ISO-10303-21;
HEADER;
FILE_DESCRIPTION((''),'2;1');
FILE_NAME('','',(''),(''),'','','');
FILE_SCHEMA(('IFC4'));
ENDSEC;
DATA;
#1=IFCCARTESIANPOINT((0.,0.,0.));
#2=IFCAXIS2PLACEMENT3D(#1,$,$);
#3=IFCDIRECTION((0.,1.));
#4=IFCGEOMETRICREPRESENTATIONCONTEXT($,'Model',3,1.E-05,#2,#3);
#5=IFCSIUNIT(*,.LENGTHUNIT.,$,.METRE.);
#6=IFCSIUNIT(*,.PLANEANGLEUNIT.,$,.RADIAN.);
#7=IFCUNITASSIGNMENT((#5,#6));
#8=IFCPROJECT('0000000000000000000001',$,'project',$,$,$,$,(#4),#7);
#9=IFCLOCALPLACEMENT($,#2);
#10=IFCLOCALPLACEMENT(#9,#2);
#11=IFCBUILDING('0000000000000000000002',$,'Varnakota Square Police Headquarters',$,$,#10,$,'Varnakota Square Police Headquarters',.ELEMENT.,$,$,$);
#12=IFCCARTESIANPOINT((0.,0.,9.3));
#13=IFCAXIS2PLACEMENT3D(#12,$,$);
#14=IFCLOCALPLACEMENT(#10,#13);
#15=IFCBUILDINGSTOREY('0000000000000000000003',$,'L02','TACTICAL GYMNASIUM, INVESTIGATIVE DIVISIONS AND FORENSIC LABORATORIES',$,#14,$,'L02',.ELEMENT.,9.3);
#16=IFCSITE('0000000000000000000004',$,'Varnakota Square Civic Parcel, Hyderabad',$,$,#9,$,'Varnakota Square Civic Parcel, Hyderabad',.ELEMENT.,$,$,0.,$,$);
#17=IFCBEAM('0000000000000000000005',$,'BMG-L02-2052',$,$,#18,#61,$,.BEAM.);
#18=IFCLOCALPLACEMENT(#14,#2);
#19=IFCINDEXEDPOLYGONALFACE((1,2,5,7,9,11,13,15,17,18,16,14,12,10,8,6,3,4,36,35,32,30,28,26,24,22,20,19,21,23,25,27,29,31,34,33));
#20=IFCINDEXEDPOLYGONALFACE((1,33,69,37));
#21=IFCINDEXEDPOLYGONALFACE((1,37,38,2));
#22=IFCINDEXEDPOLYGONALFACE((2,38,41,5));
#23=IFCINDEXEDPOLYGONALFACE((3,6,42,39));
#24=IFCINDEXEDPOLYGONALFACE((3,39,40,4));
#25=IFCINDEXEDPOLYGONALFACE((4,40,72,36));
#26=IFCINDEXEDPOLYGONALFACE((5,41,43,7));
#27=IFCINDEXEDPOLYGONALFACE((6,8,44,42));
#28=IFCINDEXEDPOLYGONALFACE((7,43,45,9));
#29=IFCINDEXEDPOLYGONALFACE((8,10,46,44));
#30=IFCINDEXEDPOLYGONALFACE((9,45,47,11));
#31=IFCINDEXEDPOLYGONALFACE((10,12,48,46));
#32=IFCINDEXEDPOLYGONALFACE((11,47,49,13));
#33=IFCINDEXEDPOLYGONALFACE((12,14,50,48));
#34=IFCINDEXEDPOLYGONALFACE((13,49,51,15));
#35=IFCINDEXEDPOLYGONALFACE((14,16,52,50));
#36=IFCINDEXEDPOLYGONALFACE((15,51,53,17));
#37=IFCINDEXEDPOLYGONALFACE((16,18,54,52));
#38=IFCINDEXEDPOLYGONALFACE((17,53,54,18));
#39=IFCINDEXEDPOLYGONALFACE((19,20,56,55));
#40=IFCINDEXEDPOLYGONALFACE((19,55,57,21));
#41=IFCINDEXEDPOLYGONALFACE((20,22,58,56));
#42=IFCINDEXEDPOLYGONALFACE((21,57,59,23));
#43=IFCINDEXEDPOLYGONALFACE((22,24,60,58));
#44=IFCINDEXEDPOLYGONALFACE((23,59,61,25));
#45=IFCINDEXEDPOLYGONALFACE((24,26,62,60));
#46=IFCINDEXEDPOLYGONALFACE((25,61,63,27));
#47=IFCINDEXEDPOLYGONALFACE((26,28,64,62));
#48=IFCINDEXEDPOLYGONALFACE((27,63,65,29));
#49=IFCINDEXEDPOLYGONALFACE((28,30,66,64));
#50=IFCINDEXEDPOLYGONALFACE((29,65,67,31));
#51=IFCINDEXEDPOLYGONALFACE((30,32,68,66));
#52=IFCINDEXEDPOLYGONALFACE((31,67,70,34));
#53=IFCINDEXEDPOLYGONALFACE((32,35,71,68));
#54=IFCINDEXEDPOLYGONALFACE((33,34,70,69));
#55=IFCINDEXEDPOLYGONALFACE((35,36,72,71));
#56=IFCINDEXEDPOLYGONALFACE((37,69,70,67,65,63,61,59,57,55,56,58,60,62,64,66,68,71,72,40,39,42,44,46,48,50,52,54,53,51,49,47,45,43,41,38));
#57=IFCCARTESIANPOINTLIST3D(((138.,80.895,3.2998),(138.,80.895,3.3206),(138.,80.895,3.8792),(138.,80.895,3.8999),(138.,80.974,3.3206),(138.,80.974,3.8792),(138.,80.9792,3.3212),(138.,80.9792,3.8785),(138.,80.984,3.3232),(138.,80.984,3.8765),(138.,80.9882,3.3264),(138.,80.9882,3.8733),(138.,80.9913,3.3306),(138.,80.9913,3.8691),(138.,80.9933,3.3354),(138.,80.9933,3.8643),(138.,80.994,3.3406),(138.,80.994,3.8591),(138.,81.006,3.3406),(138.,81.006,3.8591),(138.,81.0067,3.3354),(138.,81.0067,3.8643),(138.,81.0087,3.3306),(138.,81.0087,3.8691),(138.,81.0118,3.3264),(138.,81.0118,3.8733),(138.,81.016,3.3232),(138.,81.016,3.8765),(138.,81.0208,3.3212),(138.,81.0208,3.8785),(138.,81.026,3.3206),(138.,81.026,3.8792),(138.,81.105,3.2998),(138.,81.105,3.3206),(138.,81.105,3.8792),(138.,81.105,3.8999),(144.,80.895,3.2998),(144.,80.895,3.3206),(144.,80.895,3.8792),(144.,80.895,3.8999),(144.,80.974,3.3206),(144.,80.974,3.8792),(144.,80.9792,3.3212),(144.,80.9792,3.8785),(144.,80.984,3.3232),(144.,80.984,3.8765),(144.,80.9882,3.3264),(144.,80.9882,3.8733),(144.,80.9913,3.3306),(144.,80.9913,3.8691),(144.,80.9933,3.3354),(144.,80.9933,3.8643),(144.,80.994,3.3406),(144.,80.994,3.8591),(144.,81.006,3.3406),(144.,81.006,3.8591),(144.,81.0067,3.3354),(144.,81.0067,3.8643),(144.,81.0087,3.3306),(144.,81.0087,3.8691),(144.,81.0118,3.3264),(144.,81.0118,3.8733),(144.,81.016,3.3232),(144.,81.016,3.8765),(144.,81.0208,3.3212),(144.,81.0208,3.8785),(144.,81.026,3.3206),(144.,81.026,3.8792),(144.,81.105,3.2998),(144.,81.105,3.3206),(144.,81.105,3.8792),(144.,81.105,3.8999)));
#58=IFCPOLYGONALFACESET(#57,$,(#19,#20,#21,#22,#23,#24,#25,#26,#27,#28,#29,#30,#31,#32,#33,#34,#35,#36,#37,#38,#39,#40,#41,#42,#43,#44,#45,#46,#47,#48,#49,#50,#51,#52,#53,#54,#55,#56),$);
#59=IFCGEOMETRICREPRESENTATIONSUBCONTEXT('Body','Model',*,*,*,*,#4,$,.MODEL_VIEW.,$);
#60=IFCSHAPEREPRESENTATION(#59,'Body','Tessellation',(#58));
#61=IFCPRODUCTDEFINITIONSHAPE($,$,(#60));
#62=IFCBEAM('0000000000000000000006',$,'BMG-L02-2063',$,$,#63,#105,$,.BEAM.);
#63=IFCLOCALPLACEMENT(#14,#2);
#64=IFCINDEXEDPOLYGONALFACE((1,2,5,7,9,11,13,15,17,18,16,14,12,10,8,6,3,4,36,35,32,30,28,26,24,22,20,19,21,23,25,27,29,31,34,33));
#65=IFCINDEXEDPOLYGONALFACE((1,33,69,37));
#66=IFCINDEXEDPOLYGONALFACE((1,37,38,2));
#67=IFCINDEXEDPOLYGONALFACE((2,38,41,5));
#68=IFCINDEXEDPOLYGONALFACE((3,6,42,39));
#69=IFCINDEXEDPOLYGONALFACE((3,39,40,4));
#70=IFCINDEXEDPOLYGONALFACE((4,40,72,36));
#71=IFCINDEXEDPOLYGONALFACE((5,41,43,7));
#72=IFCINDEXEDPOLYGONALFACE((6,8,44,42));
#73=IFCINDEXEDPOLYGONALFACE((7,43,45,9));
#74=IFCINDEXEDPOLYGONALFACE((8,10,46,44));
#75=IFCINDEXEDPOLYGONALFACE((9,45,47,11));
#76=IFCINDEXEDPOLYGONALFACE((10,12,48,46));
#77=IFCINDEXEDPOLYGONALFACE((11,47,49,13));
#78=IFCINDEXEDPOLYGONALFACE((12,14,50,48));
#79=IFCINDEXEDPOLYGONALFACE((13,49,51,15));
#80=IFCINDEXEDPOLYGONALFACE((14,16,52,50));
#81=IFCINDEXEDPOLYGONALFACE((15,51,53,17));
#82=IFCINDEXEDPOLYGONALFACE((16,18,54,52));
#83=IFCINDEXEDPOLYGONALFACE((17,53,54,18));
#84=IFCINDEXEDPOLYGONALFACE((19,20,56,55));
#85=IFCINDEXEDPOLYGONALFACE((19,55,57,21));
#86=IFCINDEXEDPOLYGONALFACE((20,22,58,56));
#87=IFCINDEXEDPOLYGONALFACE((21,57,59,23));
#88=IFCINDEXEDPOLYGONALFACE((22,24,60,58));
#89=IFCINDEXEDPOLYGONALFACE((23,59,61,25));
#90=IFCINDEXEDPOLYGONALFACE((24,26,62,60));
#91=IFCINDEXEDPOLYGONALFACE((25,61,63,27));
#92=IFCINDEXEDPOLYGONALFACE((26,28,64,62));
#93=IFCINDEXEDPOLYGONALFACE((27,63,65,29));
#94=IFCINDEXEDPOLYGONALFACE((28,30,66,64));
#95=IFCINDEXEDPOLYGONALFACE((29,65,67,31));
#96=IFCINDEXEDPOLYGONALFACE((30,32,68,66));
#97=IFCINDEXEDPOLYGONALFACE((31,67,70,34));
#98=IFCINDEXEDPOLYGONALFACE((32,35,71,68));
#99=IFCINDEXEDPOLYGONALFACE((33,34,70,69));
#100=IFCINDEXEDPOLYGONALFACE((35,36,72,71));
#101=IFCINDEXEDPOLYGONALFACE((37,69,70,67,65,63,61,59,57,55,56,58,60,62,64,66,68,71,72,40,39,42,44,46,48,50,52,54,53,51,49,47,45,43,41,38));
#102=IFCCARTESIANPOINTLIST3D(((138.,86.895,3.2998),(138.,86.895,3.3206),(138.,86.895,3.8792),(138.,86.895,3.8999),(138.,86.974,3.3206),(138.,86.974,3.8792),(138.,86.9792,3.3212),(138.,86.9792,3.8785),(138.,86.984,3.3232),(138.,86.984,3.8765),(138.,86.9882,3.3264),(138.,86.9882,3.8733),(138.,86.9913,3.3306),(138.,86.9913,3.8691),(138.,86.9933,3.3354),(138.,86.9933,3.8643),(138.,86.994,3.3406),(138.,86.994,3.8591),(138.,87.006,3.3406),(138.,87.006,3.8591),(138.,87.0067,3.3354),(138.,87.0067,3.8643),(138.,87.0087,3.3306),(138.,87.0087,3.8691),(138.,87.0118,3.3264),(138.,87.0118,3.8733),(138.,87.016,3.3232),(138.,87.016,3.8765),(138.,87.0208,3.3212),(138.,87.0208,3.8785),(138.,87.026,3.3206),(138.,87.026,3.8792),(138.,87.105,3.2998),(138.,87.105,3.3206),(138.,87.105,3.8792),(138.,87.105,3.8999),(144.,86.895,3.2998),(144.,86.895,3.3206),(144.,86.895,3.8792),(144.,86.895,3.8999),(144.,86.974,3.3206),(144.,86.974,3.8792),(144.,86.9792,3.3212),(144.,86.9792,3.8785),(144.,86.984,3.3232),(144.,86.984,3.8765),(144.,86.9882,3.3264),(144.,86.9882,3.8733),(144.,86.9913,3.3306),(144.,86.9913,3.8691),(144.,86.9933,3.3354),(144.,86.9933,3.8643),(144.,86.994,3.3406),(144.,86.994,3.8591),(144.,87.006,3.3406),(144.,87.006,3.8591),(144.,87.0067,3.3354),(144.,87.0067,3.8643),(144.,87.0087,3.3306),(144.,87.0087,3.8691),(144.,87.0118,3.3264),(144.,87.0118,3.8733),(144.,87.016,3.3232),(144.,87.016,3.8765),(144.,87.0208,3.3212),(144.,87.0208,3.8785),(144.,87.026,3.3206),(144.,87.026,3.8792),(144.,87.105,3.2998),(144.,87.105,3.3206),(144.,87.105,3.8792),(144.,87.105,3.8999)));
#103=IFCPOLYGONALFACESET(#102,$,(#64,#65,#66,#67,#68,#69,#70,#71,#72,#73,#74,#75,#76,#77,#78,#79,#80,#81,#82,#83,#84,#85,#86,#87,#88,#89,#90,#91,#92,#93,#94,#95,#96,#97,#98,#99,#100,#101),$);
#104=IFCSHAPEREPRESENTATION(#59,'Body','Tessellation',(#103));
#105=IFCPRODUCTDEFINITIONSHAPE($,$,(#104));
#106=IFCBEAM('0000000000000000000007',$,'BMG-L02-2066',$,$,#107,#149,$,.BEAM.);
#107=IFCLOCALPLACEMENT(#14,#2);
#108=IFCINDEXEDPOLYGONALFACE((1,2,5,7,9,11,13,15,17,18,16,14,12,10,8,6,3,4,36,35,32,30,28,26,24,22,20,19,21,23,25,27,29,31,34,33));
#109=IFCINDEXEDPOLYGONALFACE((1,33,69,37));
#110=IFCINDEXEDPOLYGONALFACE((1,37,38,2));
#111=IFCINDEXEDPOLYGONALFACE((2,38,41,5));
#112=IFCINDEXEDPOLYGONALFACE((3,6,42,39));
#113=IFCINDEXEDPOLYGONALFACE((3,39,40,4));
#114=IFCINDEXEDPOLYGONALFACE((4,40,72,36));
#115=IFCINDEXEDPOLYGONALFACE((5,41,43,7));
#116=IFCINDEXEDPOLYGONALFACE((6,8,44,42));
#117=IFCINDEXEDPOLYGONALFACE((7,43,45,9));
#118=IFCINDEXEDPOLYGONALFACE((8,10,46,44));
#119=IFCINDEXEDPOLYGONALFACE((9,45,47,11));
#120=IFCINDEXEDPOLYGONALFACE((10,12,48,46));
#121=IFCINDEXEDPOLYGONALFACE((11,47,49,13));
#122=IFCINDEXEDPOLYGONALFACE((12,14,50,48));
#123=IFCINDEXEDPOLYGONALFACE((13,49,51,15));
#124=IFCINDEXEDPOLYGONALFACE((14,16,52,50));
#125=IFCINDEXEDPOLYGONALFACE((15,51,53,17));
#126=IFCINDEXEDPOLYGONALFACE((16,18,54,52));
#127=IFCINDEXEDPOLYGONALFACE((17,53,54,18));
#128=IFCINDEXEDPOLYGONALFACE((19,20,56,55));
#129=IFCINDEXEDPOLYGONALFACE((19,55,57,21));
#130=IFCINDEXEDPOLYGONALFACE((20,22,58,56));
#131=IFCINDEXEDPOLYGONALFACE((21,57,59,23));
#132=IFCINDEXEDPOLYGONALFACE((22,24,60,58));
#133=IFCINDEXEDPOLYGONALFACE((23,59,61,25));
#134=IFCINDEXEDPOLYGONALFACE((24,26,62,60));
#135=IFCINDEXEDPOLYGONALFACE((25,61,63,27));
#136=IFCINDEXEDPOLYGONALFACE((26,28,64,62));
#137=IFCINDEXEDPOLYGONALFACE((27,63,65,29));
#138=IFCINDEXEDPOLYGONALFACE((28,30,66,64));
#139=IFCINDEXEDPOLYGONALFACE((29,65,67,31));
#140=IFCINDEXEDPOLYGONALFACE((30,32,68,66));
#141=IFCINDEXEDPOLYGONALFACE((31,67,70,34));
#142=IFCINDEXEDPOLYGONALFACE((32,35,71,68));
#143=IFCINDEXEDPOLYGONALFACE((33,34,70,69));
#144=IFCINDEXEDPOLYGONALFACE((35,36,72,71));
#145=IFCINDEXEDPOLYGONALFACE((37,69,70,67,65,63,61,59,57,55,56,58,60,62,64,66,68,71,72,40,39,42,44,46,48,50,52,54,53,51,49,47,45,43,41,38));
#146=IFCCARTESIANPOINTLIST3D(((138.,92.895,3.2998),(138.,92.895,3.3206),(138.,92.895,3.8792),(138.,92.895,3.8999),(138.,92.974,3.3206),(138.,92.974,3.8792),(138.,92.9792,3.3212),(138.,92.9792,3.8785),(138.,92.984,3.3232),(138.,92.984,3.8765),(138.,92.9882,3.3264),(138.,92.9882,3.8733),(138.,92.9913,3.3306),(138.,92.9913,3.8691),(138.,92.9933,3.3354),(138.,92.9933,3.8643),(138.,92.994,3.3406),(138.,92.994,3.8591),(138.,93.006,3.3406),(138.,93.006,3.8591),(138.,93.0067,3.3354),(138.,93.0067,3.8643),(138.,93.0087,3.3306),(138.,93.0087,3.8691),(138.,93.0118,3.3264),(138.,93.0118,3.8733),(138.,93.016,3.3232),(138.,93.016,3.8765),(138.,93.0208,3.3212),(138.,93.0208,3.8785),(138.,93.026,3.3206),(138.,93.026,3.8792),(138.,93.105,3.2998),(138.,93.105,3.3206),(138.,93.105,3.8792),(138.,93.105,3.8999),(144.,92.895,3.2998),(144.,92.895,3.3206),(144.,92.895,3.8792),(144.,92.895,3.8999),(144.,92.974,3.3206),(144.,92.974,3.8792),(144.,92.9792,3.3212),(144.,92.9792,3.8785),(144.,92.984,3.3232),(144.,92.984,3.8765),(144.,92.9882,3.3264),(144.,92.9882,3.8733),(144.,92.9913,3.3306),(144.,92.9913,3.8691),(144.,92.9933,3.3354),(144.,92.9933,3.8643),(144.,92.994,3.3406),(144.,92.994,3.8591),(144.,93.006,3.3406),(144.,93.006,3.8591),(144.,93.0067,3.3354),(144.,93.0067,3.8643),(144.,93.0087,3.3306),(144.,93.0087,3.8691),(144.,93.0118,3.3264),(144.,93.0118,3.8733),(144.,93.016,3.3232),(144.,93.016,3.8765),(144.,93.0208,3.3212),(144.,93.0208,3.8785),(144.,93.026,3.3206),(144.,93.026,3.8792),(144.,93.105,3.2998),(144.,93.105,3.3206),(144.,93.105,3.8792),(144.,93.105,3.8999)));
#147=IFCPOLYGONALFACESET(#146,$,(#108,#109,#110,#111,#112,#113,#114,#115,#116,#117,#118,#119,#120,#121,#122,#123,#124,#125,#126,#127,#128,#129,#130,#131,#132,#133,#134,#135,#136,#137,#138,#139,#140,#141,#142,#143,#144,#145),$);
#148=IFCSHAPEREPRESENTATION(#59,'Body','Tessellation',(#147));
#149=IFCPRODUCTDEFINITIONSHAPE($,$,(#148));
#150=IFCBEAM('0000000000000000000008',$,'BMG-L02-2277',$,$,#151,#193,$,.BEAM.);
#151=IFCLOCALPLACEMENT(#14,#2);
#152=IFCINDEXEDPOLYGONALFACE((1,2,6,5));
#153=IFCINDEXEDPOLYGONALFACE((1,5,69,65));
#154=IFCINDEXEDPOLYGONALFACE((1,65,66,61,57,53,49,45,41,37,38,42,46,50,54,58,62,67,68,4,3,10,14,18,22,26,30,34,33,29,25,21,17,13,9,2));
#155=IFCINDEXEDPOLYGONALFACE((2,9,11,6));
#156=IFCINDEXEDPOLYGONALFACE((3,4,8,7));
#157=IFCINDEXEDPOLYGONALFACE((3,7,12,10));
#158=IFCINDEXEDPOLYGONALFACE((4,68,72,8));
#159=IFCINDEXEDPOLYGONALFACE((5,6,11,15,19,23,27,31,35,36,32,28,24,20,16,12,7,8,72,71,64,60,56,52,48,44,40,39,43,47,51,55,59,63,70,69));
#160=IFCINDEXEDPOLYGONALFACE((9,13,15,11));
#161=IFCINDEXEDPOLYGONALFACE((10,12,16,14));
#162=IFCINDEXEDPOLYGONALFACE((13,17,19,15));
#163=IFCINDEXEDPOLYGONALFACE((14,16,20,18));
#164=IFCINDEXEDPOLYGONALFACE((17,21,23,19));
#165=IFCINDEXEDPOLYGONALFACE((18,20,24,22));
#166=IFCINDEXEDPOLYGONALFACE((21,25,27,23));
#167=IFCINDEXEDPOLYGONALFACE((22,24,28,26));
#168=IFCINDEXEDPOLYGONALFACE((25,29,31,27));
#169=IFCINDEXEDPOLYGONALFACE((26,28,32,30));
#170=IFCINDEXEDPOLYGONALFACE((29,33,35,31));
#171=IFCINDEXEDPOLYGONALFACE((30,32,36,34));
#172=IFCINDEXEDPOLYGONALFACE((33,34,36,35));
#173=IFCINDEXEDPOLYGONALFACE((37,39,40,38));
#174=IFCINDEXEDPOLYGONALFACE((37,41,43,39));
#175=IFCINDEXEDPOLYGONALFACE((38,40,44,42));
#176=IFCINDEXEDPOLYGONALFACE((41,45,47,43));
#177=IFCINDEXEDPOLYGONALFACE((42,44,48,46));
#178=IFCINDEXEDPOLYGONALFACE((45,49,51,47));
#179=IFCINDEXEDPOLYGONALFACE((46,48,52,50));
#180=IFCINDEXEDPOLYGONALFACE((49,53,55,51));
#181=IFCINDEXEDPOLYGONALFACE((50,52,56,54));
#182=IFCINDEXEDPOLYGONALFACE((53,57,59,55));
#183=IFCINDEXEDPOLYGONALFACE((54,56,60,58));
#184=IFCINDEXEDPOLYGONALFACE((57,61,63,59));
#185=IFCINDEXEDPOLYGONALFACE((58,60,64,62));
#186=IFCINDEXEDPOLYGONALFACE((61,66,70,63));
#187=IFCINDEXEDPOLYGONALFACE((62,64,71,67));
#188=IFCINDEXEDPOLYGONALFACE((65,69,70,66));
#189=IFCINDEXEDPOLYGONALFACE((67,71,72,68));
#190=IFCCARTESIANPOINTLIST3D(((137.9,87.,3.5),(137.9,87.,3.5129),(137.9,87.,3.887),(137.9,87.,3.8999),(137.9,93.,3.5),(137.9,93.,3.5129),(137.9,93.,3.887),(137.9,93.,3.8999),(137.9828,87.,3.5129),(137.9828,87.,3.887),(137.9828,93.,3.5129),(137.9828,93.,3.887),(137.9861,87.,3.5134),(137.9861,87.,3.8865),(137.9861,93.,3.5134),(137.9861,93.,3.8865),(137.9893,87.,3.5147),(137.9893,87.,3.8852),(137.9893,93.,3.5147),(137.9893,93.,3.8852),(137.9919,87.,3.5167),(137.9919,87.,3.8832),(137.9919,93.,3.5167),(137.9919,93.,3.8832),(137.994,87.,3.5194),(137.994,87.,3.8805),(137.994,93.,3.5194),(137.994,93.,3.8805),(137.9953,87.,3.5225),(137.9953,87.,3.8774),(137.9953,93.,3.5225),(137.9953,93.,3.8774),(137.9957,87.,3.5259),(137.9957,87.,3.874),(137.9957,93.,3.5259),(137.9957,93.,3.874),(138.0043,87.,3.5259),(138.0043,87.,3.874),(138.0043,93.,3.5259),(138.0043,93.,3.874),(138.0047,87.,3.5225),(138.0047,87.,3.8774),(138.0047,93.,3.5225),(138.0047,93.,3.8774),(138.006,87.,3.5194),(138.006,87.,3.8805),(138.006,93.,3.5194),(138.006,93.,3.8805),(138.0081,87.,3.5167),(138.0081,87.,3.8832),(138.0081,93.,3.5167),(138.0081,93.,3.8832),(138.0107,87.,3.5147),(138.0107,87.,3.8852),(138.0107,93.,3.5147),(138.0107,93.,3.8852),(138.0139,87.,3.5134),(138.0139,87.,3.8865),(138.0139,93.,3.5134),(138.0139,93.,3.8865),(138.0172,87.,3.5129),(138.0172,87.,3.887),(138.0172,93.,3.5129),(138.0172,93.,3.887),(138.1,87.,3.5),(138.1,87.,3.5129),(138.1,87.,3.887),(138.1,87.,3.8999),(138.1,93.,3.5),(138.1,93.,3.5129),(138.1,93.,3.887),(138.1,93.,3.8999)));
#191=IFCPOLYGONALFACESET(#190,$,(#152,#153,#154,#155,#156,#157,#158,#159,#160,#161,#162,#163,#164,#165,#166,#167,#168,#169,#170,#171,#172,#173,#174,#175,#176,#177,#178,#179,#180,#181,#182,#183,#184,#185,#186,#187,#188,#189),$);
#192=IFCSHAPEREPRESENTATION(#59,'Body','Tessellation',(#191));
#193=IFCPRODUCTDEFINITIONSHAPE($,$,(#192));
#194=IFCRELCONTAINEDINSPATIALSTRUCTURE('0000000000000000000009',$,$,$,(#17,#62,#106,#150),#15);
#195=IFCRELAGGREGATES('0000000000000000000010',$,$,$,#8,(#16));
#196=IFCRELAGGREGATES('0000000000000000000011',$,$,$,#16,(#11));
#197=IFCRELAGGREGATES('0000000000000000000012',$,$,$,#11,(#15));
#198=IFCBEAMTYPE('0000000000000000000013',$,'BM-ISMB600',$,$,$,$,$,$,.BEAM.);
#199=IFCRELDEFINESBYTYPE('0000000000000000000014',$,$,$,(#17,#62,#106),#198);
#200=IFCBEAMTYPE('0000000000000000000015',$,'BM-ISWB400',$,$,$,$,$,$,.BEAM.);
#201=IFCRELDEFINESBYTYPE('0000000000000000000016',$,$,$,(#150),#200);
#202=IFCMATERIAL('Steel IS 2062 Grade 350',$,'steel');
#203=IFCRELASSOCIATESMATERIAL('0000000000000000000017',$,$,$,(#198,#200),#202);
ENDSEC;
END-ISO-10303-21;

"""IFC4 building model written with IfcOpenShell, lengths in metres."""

from ifc_helpers import new_model, si_unit, direction, frame, origin, origin_2d, place, context, subcontext, project, spatial, i_section, extrude, material, material_profile, profile_set, type_object, element, save


model = new_model("IFC4")

# Units and contexts
model_context = context("Model", 3, precision=1e-05, world=origin(), true_north=direction((0.0, 1.0)))
body_context = subcontext(model_context, "Body", "Model", "MODEL_VIEW")
ifc_project = project(units=[si_unit("LENGTHUNIT", "METRE"), si_unit("PLANEANGLEUNIT", "RADIAN")], contexts=[model_context])

# Site, building, storey
site_placement = place(None, origin())
site = spatial("IfcSite", under=ifc_project, at=site_placement, Name="Varnakota Square Civic Parcel, Hyderabad", LongName="Varnakota Square Civic Parcel, Hyderabad", CompositionType="ELEMENT", RefElevation=0.0)
building_placement = place(site_placement, origin())
building = spatial("IfcBuilding", under=site, at=building_placement, Name="Varnakota Square Police Headquarters", LongName="Varnakota Square Police Headquarters", CompositionType="ELEMENT")
storey_placement = place(building_placement, frame((0.0, 0.0, 9.3)))
storey = spatial("IfcBuildingStorey", under=building, at=storey_placement, Name="L02", Description="TACTICAL GYMNASIUM, INVESTIGATIVE DIVISIONS AND FORENSIC LABORATORIES", LongName="L02", CompositionType="ELEMENT", Elevation=9.3)

# Shared definitions
ifc_material_1 = material(Name="Steel IS 2062 Grade 350", Category="steel")

# Beams
ifc_material_profile_1 = material_profile(ifc_material_1, i_section(OverallWidth=0.21, OverallDepth=0.6001, WebThickness=0.012, FlangeThickness=0.0208, FilletRadius=0.02, at=origin_2d()), Name="ISMB 600")
ifc_profile_set_1 = profile_set([ifc_material_profile_1], Name="Steel IS 2062 Grade 350")
beam_type_1 = type_object("IfcBeamType", Name="BM-ISMB600", PredefinedType="BEAM", material=ifc_profile_set_1)
for number, where, z_axis, x_axis, name in (
    (1, (138.0, 81.0, 3.5999), (1.0, 0.0, 0.0), (0.0, 1.0, 0.0), "BMG-L02-2052"),
    (2, (138.0, 87.0, 3.5999), (1.0, 0.0, 0.0), (0.0, 1.0, 0.0), "BMG-L02-2063"),
    (3, (138.0, 93.0, 3.5999), (1.0, 0.0, 0.0), (0.0, 1.0, 0.0), "BMG-L02-2066"),
):
    element("IfcBeam", number, at=place(storey_placement, frame(where, z_axis=z_axis, x_axis=x_axis)), inside=storey, type_object=beam_type_1, Name=name, PredefinedType="BEAM", context=body_context, shape_type="SweptSolid", body=[
        extrude(i_section(OverallWidth=0.21, OverallDepth=0.6001, WebThickness=0.012, FlangeThickness=0.0208, FilletRadius=0.02, at=origin_2d()), origin(), (0.0, 0.0, 1.0), 6.0),
    ])
ifc_material_profile_2 = material_profile(ifc_material_1, i_section(OverallWidth=0.2, OverallDepth=0.3999, WebThickness=0.0085, FlangeThickness=0.0129, FilletRadius=0.0129, at=origin_2d()), Name="ISWB 400")
ifc_profile_set_2 = profile_set([ifc_material_profile_2], Name="Steel IS 2062 Grade 350")
beam_type_2 = type_object("IfcBeamType", Name="BM-ISWB400", PredefinedType="BEAM", material=ifc_profile_set_2)
beam_1_placement = place(storey_placement, frame((138.0, 87.0, 3.7), z_axis=(0.0, 1.0, 0.0), x_axis=(-1.0, 0.0, 0.0)))
element("IfcBeam", 4, at=beam_1_placement, inside=storey, type_object=beam_type_2, Name="BMG-L02-2277", PredefinedType="BEAM", context=body_context, shape_type="SweptSolid", body=[
    extrude(i_section(OverallWidth=0.2, OverallDepth=0.3999, WebThickness=0.0085, FlangeThickness=0.0129, FilletRadius=0.0129, at=origin_2d()), origin(), (0.0, 0.0, 1.0), 6.0),
])

save(model, "model.ifc")
